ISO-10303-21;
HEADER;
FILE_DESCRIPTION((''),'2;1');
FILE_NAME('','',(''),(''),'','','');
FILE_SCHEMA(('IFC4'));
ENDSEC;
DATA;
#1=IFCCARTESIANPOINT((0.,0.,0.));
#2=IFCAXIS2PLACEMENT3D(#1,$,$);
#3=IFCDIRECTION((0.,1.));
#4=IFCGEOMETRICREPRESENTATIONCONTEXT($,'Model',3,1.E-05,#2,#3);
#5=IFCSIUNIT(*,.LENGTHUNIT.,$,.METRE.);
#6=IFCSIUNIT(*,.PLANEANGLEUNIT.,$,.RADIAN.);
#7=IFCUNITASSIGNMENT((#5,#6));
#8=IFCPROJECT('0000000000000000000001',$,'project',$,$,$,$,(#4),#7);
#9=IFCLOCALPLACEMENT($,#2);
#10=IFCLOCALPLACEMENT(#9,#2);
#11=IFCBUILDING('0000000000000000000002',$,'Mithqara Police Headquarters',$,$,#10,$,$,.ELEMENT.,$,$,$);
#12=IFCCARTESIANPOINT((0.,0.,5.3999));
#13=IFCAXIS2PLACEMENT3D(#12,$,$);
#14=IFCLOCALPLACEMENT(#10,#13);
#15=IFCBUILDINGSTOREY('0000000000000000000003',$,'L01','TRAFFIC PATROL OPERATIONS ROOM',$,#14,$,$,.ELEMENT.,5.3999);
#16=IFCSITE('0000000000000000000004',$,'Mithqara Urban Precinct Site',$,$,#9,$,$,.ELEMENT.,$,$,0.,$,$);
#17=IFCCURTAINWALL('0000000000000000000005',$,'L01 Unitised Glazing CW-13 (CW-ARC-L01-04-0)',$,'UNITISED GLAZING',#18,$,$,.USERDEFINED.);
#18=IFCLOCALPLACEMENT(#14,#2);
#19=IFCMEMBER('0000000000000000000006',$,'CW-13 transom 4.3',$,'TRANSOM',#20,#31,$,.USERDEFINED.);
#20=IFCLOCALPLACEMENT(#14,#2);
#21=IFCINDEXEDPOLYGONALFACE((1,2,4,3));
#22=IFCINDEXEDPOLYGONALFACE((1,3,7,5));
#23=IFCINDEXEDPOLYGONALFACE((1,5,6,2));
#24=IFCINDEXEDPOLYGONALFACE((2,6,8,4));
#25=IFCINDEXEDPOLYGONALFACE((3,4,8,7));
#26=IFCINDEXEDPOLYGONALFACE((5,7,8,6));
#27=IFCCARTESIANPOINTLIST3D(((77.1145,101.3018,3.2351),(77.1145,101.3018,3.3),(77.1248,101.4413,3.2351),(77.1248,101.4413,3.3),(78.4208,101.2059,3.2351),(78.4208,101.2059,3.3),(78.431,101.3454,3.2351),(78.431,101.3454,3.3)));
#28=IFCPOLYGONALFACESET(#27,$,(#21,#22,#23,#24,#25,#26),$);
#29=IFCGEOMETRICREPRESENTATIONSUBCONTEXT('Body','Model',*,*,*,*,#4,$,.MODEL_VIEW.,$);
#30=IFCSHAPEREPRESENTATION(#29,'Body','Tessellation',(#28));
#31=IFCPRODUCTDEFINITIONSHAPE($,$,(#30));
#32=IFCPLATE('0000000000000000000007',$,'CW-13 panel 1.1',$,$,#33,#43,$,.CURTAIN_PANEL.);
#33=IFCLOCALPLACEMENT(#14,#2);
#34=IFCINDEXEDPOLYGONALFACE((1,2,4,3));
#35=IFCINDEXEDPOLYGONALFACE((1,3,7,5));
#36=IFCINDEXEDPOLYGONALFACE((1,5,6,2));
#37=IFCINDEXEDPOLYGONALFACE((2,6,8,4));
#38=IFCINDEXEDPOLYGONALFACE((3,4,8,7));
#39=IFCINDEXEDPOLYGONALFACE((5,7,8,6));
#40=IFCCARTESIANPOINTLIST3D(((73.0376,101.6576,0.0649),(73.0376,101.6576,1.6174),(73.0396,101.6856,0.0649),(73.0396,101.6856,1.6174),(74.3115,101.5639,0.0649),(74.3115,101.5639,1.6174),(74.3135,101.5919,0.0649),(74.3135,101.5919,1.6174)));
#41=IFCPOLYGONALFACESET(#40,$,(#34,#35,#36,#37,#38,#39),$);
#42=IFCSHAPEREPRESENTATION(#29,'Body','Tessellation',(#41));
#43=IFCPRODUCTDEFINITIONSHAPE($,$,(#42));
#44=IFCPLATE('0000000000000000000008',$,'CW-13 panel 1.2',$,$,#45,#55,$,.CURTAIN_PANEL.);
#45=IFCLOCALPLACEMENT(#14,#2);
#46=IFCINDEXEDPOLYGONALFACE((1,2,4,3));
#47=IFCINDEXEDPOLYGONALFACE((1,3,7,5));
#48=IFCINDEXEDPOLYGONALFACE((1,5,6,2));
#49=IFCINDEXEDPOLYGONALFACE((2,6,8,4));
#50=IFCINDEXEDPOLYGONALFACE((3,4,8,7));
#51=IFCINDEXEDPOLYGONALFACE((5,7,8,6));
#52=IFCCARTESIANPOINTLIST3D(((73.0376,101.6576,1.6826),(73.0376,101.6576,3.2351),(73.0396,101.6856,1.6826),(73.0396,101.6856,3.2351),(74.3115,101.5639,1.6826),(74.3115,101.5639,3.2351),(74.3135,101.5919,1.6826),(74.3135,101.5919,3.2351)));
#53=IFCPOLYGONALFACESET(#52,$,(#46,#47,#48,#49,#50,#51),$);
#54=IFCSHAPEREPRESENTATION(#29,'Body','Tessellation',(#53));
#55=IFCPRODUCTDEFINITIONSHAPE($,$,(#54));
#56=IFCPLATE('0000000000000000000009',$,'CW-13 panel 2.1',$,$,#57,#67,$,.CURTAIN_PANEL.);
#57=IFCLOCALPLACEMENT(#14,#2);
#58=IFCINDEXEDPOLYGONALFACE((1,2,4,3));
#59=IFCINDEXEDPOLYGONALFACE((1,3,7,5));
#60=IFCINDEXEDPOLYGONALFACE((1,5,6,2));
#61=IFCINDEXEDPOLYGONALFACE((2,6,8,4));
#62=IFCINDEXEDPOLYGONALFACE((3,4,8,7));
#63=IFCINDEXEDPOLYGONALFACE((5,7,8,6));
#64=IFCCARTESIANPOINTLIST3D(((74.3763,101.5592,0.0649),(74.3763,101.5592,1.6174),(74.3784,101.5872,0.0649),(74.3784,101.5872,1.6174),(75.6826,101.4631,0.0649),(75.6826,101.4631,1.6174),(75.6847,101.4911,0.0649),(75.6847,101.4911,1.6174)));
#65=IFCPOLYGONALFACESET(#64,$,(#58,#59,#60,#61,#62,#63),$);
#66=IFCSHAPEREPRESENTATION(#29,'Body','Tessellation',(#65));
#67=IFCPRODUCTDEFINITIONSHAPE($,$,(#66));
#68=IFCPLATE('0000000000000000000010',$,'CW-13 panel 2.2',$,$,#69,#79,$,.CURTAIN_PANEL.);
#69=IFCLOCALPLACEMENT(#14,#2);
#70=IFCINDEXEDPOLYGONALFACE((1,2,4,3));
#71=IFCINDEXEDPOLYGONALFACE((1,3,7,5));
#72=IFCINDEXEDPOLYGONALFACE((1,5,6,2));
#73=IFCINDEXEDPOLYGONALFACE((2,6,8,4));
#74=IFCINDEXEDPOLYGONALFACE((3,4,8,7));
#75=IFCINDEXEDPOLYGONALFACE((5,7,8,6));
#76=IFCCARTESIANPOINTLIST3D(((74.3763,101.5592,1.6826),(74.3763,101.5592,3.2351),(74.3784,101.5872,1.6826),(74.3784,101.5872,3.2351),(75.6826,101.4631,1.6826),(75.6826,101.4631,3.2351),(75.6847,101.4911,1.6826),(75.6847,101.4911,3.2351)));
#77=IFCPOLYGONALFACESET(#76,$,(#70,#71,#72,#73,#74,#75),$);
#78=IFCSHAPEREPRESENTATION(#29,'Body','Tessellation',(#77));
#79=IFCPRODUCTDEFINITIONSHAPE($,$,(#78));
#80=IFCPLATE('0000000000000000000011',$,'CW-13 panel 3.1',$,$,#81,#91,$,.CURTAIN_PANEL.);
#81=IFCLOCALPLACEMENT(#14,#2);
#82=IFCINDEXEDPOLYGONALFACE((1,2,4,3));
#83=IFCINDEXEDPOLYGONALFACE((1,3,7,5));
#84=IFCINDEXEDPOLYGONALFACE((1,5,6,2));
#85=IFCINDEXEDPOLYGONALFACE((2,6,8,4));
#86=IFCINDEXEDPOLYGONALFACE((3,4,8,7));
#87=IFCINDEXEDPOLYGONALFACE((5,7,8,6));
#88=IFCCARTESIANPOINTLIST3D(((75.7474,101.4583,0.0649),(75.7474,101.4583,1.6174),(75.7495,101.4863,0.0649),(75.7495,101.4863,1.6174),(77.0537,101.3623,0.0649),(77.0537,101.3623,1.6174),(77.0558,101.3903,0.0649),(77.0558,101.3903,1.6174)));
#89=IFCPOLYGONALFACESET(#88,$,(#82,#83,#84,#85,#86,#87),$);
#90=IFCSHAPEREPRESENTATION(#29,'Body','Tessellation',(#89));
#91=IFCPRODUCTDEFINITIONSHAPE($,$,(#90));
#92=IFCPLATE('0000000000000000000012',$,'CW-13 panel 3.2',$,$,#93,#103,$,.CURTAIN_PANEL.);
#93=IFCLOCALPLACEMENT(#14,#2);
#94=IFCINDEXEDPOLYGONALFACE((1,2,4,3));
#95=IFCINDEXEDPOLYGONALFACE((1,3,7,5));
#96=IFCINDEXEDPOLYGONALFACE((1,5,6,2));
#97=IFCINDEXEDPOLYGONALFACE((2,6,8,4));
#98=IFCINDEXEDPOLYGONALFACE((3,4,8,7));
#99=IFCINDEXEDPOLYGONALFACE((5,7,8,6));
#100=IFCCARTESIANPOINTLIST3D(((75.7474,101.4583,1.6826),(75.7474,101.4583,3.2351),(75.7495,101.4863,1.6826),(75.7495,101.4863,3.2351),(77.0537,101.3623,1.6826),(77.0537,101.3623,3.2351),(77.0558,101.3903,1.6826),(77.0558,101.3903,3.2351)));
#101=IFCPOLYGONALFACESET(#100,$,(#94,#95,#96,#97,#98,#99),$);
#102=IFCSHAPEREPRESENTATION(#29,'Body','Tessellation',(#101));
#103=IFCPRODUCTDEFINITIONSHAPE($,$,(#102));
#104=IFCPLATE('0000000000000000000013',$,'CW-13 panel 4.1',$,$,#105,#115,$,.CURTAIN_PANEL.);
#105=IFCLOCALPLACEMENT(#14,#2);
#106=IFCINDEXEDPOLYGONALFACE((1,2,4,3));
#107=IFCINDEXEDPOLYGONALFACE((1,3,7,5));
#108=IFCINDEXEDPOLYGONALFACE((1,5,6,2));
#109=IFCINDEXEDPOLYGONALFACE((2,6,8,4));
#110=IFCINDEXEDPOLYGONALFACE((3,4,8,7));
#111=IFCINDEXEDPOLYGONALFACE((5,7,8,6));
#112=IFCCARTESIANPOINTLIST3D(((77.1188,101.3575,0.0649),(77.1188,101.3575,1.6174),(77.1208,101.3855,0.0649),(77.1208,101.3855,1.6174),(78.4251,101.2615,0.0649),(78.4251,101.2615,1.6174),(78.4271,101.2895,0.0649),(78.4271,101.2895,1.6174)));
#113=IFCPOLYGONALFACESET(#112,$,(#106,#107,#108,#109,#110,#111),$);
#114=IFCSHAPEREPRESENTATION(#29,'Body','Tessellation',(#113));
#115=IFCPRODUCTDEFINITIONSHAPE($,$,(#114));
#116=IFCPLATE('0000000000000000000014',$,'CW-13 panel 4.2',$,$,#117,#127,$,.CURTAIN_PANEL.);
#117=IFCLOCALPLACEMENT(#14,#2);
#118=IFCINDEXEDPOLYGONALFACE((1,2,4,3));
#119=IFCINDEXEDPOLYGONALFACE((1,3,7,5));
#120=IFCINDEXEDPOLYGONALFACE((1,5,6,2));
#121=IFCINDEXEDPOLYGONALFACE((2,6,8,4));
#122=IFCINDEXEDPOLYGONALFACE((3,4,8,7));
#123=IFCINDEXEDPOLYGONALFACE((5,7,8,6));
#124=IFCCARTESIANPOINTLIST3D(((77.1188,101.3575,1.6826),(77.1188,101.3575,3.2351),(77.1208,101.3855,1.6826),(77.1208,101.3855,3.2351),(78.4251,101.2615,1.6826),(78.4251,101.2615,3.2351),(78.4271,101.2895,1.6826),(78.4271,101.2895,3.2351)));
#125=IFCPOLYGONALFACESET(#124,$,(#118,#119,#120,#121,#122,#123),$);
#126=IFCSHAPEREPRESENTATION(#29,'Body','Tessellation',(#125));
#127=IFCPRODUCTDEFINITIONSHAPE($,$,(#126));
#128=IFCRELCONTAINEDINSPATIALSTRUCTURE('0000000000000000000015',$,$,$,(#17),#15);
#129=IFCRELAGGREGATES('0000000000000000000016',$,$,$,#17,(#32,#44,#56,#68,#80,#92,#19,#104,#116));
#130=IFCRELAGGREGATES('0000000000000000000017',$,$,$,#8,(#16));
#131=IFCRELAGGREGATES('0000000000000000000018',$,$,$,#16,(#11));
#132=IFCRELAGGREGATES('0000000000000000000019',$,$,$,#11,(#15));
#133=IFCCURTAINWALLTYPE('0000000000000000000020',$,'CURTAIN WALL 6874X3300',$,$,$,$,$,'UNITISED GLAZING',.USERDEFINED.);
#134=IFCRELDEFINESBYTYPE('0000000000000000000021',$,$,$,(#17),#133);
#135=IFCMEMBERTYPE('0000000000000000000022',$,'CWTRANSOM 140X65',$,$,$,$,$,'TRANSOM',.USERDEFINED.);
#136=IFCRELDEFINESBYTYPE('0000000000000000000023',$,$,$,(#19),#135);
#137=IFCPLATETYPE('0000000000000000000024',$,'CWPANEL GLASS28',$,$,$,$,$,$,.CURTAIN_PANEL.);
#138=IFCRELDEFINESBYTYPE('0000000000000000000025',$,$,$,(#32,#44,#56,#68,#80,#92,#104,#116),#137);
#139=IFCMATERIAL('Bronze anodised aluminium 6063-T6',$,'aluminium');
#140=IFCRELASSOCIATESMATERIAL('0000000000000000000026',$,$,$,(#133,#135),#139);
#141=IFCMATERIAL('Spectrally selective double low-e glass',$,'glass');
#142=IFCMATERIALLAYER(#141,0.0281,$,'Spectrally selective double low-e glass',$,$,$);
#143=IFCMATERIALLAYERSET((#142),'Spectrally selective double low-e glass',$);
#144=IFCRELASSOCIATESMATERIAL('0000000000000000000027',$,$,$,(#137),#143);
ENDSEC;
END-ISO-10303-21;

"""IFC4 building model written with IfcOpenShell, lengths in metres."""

from ifc_helpers import new_model, si_unit, direction, frame, origin, origin_2d, place, context, subcontext, project, spatial, rectangle, extrude, material, layer, layer_set, material_profile, profile_set, type_object, element, aggregate, save


model = new_model("IFC4")

# Units and contexts
model_context = context("Model", 3, precision=1e-05, world=origin(), true_north=direction((0.0, 1.0)))
body_context = subcontext(model_context, "Body", "Model", "MODEL_VIEW")
ifc_project = project(units=[si_unit("LENGTHUNIT", "METRE"), si_unit("PLANEANGLEUNIT", "RADIAN")], contexts=[model_context])

# Site, building, storey
site_placement = place(None, origin())
site = spatial("IfcSite", under=ifc_project, at=site_placement, Name="Mithqara Urban Precinct Site", CompositionType="ELEMENT", RefElevation=0.0)
building_placement = place(site_placement, origin())
building = spatial("IfcBuilding", under=site, at=building_placement, Name="Mithqara Police Headquarters", CompositionType="ELEMENT")
storey_placement = place(building_placement, frame((0.0, 0.0, 5.3999)))
storey = spatial("IfcBuildingStorey", under=building, at=storey_placement, Name="L01", Description="TRAFFIC PATROL OPERATIONS ROOM", CompositionType="ELEMENT", Elevation=5.3999)

# Curtain wall, member, plates
ifc_material_1 = material(Name="Bronze anodised aluminium 6063-T6", Category="aluminium")
curtain_wall_type = type_object("IfcCurtainWallType", Name="CURTAIN WALL 6874X3300", ElementType="UNITISED GLAZING", PredefinedType="USERDEFINED", material=ifc_material_1)
curtain_wall_placement = place(storey_placement, origin())
curtain_wall = element("IfcCurtainWall", 1, at=curtain_wall_placement, inside=storey, type_object=curtain_wall_type, Name="L01 Unitised Glazing CW-13 (CW-ARC-L01-04-0)", ObjectType="UNITISED GLAZING", PredefinedType="USERDEFINED")
ifc_material_profile_1 = material_profile(ifc_material_1, rectangle(XDim=0.1399, YDim=0.0649, at=origin_2d()), Name="CWT 140x65")
ifc_profile_set_1 = profile_set([ifc_material_profile_1], Name="Bronze anodised aluminium 6063-T6")
member_type_1 = type_object("IfcMemberType", Name="CWTRANSOM 140X65", ElementType="TRANSOM", PredefinedType="USERDEFINED", material=ifc_profile_set_1)
member_1_placement = place(storey_placement, frame((77.1196, 101.3716, 3.2676), z_axis=(0.997314, -0.073247, 0.0), x_axis=(0.073247, 0.997314, 0.0)))
member_1 = element("IfcMember", 2, at=member_1_placement, type_object=member_type_1, Name="CW-13 transom 4.3", ObjectType="TRANSOM", PredefinedType="USERDEFINED", context=body_context, shape_type="SweptSolid", body=[
    extrude(rectangle(XDim=0.1399, YDim=0.0649, at=origin_2d()), origin(), (0.0, 0.0, 1.0), 1.3098),
])
ifc_material_2 = material(Name="Spectrally selective double low-e glass", Category="glass")
ifc_layer = layer(ifc_material_2, 0.0281, Name="Spectrally selective double low-e glass")
ifc_layer_set = layer_set([ifc_layer], Name="Spectrally selective double low-e glass")
plate_type = type_object("IfcPlateType", Name="CWPANEL GLASS28", PredefinedType="CURTAIN_PANEL", material=ifc_layer_set)
plate_1_placement = place(storey_placement, frame((73.6755, 101.6248, 0.0649), z_axis=(0.0, 0.0, 1.0), x_axis=(0.99731, -0.073301, 0.0)))
plate_1 = element("IfcPlate", 3, at=plate_1_placement, type_object=plate_type, Name="CW-13 panel 1.1", PredefinedType="CURTAIN_PANEL", context=body_context, shape_type="SweptSolid", body=[
    extrude(rectangle(XDim=1.2773, YDim=0.0281, at=origin_2d()), origin(), (0.0, 0.0, 1.0), 1.5525),
])
plate_2_placement = place(storey_placement, frame((73.6755, 101.6248, 1.6826), z_axis=(0.0, 0.0, 1.0), x_axis=(0.99731, -0.073301, 0.0)))
plate_2 = element("IfcPlate", 4, at=plate_2_placement, type_object=plate_type, Name="CW-13 panel 1.2", PredefinedType="CURTAIN_PANEL", context=body_context, shape_type="SweptSolid", body=[
    extrude(rectangle(XDim=1.2773, YDim=0.0281, at=origin_2d()), origin(), (0.0, 0.0, 1.0), 1.5525),
])
plate_3_placement = place(storey_placement, frame((75.0305, 101.5251, 0.0649), z_axis=(0.0, 0.0, 1.0), x_axis=(0.99731, -0.073301, 0.0)))
plate_3 = element("IfcPlate", 5, at=plate_3_placement, type_object=plate_type, Name="CW-13 panel 2.1", PredefinedType="CURTAIN_PANEL", context=body_context, shape_type="SweptSolid", body=[
    extrude(rectangle(XDim=1.3098, YDim=0.0281, at=origin_2d()), origin(), (0.0, 0.0, 1.0), 1.5525),
])
plate_4_placement = place(storey_placement, frame((75.0305, 101.5251, 1.6826), z_axis=(0.0, 0.0, 1.0), x_axis=(0.99731, -0.073301, 0.0)))
plate_4 = element("IfcPlate", 6, at=plate_4_placement, type_object=plate_type, Name="CW-13 panel 2.2", PredefinedType="CURTAIN_PANEL", context=body_context, shape_type="SweptSolid", body=[
    extrude(rectangle(XDim=1.3098, YDim=0.0281, at=origin_2d()), origin(), (0.0, 0.0, 1.0), 1.5525),
])
plate_5_placement = place(storey_placement, frame((76.4016, 101.4243, 0.0649), z_axis=(0.0, 0.0, 1.0), x_axis=(0.99731, -0.073301, 0.0)))
plate_5 = element("IfcPlate", 7, at=plate_5_placement, type_object=plate_type, Name="CW-13 panel 3.1", PredefinedType="CURTAIN_PANEL", context=body_context, shape_type="SweptSolid", body=[
    extrude(rectangle(XDim=1.3098, YDim=0.0281, at=origin_2d()), origin(), (0.0, 0.0, 1.0), 1.5525),
])
plate_6_placement = place(storey_placement, frame((76.4016, 101.4243, 1.6826), z_axis=(0.0, 0.0, 1.0), x_axis=(0.99731, -0.073301, 0.0)))
plate_6 = element("IfcPlate", 8, at=plate_6_placement, type_object=plate_type, Name="CW-13 panel 3.2", PredefinedType="CURTAIN_PANEL", context=body_context, shape_type="SweptSolid", body=[
    extrude(rectangle(XDim=1.3098, YDim=0.0281, at=origin_2d()), origin(), (0.0, 0.0, 1.0), 1.5525),
])
plate_7_placement = place(storey_placement, frame((77.7729, 101.3235, 0.0649), z_axis=(0.0, 0.0, 1.0), x_axis=(0.99731, -0.073301, 0.0)))
plate_7 = element("IfcPlate", 9, at=plate_7_placement, type_object=plate_type, Name="CW-13 panel 4.1", PredefinedType="CURTAIN_PANEL", context=body_context, shape_type="SweptSolid", body=[
    extrude(rectangle(XDim=1.3098, YDim=0.0281, at=origin_2d()), origin(), (0.0, 0.0, 1.0), 1.5525),
])
plate_8_placement = place(storey_placement, frame((77.7729, 101.3235, 1.6826), z_axis=(0.0, 0.0, 1.0), x_axis=(0.99731, -0.073301, 0.0)))
plate_8 = element("IfcPlate", 10, at=plate_8_placement, type_object=plate_type, Name="CW-13 panel 4.2", PredefinedType="CURTAIN_PANEL", context=body_context, shape_type="SweptSolid", body=[
    extrude(rectangle(XDim=1.3098, YDim=0.0281, at=origin_2d()), origin(), (0.0, 0.0, 1.0), 1.5525),
])
aggregate(curtain_wall, [plate_1, plate_2, plate_3, plate_4, plate_5, plate_6, member_1, plate_7, plate_8])

save(model, "model.ifc")
